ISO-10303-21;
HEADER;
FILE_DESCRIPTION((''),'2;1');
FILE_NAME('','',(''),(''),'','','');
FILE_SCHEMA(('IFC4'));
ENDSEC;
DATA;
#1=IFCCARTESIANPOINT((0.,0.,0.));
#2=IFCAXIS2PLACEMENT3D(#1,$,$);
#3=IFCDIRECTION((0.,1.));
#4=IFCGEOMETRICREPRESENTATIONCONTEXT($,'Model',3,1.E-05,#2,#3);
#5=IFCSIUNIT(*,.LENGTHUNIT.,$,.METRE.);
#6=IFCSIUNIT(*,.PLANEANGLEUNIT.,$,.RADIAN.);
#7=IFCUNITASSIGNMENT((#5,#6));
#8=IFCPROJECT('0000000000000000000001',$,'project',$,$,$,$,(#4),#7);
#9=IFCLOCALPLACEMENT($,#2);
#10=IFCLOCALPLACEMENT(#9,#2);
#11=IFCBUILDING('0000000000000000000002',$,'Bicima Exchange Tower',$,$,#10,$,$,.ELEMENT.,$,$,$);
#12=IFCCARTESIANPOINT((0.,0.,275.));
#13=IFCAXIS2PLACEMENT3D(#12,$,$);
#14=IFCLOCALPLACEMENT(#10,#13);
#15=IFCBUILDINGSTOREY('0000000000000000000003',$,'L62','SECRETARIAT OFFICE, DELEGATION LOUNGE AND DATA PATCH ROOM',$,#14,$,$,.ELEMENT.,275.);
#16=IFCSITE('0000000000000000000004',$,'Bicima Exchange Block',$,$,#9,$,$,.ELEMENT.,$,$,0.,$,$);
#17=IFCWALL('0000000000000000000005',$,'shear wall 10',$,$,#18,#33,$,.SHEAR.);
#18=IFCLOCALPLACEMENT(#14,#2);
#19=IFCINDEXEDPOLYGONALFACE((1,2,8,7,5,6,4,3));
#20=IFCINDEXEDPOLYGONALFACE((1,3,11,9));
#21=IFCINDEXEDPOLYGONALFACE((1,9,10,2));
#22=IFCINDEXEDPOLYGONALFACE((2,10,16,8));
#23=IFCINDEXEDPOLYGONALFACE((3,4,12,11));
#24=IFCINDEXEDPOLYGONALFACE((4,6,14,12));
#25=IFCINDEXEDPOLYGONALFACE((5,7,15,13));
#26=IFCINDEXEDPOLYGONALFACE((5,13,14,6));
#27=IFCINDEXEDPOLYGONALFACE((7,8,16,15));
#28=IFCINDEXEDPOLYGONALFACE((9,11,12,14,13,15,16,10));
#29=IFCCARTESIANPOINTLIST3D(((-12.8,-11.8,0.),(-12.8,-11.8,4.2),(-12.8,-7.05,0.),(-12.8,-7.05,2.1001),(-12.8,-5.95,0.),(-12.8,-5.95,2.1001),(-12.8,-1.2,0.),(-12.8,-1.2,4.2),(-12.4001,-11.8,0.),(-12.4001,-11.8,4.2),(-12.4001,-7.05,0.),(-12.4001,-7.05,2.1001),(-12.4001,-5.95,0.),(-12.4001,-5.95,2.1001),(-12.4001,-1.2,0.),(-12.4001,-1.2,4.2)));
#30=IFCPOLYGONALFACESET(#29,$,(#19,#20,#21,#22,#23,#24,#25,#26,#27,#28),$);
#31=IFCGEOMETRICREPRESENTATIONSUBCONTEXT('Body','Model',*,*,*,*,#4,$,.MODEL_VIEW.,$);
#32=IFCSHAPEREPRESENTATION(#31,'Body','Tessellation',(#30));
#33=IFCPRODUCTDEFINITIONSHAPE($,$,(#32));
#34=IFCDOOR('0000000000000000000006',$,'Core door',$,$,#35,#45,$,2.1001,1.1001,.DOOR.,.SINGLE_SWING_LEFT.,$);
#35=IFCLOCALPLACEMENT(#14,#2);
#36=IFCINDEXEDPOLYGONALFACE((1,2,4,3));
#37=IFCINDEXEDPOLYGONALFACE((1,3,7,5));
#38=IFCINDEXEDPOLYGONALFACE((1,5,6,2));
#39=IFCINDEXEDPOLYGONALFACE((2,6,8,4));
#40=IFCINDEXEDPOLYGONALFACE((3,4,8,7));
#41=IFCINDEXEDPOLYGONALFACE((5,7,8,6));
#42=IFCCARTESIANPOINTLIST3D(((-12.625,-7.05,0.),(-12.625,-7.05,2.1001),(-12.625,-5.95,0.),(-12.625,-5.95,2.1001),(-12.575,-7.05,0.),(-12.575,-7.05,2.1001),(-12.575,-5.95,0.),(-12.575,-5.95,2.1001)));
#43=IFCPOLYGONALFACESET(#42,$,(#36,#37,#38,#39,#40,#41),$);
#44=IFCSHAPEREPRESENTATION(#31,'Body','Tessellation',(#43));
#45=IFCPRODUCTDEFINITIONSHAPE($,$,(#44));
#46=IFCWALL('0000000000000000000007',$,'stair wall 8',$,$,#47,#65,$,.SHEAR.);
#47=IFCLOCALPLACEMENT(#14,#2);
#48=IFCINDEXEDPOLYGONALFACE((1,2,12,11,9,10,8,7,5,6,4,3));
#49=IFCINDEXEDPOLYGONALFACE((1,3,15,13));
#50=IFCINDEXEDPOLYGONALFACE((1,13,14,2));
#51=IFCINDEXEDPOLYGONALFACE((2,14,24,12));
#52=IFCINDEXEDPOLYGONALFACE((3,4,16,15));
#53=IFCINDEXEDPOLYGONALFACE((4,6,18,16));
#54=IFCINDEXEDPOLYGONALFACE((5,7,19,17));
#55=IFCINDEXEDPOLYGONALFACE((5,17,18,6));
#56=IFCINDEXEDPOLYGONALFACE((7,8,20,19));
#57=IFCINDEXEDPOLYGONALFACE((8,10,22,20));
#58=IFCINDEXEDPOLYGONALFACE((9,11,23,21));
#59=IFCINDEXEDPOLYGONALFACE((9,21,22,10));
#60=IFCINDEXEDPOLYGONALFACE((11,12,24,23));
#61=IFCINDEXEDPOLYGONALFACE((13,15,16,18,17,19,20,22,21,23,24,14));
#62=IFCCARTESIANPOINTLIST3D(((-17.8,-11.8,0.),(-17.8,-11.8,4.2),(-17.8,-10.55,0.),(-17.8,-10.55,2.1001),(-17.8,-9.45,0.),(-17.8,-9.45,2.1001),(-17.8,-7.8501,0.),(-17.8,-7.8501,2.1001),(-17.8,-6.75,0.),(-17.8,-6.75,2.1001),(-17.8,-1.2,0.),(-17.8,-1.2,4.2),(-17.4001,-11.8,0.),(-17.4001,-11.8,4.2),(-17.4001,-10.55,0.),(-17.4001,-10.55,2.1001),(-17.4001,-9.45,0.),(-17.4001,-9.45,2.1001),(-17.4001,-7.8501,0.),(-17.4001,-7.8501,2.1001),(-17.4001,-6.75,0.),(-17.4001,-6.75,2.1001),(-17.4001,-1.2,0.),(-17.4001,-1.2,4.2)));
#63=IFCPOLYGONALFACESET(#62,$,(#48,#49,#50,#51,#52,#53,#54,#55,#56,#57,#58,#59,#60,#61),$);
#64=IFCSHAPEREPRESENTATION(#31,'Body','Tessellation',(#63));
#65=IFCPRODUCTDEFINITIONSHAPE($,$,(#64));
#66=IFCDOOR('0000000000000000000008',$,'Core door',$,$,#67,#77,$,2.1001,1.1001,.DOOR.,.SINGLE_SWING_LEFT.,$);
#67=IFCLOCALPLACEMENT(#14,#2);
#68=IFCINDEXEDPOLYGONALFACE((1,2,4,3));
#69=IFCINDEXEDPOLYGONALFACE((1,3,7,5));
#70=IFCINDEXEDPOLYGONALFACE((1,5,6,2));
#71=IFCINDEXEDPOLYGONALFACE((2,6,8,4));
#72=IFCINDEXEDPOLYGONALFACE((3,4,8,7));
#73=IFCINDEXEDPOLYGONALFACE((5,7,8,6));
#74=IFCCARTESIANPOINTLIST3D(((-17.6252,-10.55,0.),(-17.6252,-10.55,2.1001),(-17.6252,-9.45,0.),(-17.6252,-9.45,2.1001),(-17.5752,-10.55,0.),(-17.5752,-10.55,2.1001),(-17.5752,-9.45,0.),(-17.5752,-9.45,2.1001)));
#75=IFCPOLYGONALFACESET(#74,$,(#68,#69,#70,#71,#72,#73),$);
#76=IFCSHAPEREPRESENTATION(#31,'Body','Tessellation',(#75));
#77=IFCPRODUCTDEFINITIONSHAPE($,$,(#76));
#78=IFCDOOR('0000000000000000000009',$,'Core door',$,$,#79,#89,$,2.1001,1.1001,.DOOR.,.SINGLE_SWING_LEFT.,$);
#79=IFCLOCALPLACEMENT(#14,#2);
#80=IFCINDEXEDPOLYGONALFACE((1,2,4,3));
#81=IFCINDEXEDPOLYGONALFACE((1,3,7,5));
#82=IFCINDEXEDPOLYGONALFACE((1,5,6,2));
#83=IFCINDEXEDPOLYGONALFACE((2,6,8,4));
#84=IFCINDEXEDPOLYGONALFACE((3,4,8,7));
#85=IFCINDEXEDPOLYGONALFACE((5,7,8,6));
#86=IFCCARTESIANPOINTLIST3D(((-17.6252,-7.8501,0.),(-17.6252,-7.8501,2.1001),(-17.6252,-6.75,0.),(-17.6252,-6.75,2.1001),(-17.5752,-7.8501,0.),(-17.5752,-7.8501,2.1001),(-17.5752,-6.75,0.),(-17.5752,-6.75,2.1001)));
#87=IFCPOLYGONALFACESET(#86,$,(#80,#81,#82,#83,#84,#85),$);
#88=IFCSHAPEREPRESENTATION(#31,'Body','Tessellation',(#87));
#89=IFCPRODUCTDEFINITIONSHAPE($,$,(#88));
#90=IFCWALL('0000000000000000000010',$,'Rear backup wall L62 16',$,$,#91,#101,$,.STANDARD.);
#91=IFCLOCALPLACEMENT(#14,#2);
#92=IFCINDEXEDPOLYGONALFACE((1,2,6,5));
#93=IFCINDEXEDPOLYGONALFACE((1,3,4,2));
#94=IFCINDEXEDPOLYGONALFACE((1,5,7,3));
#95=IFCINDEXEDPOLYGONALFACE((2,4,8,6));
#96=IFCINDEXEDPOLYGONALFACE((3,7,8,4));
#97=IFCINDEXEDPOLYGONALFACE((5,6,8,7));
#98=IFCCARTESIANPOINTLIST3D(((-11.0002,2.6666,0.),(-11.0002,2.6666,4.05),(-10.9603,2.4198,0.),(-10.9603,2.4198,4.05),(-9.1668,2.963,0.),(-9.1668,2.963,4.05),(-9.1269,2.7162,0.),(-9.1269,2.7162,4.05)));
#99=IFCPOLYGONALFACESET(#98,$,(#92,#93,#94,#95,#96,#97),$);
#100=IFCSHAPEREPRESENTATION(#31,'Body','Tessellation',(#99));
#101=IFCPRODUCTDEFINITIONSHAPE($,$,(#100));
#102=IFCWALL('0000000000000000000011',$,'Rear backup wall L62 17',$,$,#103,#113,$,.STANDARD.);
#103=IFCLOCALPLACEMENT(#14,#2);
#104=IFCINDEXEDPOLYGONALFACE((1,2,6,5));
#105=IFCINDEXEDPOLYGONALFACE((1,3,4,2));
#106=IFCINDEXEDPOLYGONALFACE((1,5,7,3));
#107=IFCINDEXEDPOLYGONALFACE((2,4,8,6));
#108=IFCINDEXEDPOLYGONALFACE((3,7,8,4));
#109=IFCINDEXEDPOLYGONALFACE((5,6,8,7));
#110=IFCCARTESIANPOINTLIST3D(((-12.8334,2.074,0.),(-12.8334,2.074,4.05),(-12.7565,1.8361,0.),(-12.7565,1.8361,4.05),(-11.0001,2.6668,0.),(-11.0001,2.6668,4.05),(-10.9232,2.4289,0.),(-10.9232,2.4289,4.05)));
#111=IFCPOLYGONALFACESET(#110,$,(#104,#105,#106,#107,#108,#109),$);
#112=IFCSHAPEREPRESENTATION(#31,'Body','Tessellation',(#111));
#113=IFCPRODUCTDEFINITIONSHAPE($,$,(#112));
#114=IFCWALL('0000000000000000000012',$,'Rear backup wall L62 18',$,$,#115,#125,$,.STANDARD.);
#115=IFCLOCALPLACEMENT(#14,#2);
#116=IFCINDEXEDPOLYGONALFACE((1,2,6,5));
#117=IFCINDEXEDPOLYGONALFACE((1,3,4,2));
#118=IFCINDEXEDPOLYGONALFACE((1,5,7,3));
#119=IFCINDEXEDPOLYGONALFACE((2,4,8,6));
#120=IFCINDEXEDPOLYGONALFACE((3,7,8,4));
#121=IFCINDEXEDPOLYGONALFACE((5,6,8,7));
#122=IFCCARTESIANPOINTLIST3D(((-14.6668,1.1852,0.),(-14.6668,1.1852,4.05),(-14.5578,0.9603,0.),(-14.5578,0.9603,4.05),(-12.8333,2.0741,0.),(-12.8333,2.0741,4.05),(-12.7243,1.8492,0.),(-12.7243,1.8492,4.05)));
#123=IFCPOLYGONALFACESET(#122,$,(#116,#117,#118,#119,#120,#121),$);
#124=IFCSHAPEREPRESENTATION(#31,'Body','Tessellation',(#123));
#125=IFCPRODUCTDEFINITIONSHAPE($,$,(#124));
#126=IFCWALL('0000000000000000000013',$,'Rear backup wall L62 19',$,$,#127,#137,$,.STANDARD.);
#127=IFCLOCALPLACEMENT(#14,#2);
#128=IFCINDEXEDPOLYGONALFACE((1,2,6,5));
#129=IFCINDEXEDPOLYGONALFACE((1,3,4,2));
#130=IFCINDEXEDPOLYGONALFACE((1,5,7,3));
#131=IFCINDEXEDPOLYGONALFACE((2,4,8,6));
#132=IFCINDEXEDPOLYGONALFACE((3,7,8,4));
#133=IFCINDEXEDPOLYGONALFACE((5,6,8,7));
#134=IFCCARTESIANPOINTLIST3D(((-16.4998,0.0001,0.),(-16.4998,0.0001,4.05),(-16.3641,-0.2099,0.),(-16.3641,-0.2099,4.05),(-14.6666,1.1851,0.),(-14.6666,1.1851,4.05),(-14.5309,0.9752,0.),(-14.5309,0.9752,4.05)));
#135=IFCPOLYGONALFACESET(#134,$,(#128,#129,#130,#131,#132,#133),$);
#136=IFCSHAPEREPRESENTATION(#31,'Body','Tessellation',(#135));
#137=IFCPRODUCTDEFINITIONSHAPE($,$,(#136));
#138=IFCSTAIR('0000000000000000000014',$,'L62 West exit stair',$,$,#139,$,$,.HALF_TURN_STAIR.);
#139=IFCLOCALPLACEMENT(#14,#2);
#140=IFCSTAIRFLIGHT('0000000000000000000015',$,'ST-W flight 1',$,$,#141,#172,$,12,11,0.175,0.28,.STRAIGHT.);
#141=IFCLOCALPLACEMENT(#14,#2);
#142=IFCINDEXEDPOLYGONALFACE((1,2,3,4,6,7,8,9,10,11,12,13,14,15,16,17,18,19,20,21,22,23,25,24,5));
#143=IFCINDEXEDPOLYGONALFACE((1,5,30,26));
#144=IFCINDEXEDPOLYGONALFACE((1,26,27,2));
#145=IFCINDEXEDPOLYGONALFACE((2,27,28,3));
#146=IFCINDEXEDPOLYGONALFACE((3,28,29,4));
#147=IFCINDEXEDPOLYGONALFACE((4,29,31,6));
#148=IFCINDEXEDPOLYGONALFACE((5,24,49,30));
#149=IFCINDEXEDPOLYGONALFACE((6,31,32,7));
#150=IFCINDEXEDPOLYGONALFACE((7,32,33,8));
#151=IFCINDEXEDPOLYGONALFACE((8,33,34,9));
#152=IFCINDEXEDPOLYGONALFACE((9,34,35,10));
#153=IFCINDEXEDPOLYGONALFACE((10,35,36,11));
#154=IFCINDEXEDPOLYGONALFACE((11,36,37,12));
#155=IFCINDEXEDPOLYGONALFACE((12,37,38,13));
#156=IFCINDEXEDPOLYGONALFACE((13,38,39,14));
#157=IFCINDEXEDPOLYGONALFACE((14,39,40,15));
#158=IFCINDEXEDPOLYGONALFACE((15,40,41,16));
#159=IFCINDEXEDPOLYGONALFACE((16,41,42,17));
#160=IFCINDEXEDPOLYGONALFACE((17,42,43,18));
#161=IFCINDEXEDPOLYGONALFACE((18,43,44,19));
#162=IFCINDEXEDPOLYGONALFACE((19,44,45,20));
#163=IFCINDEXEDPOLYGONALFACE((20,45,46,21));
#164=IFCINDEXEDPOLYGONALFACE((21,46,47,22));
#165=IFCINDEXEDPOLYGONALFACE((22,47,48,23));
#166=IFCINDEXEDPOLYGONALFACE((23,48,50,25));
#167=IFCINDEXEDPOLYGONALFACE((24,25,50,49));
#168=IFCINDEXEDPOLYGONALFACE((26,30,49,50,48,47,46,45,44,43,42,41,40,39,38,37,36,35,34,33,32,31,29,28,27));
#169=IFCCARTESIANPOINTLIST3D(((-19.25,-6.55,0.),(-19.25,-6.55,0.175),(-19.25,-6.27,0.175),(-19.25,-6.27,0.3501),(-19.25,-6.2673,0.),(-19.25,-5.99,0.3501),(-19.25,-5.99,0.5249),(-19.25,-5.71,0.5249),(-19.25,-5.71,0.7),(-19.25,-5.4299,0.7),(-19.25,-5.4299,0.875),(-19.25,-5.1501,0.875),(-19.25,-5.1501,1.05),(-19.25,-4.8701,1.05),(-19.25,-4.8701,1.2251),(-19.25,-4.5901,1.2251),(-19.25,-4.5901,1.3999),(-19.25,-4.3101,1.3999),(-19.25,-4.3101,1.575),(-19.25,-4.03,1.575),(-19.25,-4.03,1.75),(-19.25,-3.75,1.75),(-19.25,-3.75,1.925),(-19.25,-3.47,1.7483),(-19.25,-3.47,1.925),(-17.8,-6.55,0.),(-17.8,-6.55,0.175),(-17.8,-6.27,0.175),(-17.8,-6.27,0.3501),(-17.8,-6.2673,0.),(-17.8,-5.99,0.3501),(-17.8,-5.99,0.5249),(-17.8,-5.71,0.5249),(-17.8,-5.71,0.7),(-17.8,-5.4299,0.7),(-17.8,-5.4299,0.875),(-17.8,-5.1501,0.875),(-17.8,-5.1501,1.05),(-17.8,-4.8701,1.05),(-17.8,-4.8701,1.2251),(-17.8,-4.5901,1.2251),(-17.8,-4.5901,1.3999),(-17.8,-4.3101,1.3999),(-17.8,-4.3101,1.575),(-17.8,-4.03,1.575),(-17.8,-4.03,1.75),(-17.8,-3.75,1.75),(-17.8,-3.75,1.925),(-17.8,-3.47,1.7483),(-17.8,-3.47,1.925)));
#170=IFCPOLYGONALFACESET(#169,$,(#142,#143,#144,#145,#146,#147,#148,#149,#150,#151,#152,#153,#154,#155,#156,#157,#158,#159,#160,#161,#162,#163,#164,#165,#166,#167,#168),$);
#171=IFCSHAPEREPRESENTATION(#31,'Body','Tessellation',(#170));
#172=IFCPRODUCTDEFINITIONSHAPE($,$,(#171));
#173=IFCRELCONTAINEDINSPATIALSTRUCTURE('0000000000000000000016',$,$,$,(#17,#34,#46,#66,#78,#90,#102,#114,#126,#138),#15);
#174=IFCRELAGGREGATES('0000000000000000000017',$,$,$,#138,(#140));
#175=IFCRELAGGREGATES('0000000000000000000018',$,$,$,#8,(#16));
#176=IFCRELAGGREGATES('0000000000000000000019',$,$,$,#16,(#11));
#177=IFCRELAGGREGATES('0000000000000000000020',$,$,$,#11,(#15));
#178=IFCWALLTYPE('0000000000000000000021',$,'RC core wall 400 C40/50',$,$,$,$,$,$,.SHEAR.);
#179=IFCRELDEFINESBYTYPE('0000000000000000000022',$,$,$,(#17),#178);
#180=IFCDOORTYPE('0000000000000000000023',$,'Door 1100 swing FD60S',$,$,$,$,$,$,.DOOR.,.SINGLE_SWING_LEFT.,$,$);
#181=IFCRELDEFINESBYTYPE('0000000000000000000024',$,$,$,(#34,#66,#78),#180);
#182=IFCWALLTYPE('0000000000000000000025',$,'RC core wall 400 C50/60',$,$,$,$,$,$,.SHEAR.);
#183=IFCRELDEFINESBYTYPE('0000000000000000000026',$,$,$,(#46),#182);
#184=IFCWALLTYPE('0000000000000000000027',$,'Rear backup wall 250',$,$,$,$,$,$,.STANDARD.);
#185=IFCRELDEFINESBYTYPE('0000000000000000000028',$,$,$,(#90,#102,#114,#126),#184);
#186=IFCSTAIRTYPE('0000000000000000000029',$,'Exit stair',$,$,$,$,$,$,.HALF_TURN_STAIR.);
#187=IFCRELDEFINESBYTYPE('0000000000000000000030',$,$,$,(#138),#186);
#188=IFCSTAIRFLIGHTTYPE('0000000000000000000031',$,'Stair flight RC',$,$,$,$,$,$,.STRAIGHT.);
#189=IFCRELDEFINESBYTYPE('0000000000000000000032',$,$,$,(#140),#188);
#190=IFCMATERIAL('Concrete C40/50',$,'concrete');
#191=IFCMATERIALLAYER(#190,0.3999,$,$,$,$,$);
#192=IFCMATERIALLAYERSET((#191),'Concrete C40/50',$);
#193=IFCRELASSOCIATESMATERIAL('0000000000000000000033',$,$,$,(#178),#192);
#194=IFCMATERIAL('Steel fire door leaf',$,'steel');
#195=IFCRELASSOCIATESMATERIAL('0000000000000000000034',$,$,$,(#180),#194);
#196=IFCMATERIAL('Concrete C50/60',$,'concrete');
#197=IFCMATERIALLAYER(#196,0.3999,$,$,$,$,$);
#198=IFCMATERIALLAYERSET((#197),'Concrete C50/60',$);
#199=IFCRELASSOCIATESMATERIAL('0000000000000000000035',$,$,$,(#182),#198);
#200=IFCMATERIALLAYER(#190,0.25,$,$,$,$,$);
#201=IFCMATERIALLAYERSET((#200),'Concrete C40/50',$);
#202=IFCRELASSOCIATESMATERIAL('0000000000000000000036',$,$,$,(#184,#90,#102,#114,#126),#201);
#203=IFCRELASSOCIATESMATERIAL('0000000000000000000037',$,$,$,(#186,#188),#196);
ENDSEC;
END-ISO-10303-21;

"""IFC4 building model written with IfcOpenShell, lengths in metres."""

from ifc_helpers import new_model, si_unit, direction, frame, frame_2d, origin, place, context, subcontext, project, spatial, polyline, rectangle, outline, extrude, material, layer, layer_set, layer_usage, type_object, element, fill, aggregate, save


model = new_model("IFC4")

# Units and contexts
model_context = context("Model", 3, precision=1e-05, world=origin(), true_north=direction((0.0, 1.0)))
body_context = subcontext(model_context, "Body", "Model", "MODEL_VIEW")
ifc_project = project(units=[si_unit("LENGTHUNIT", "METRE"), si_unit("PLANEANGLEUNIT", "RADIAN")], contexts=[model_context])

# Site, building, storey
site_placement = place(None, origin())
site = spatial("IfcSite", under=ifc_project, at=site_placement, Name="Bicima Exchange Block", CompositionType="ELEMENT", RefElevation=0.0)
building_placement = place(site_placement, origin())
building = spatial("IfcBuilding", under=site, at=building_placement, Name="Bicima Exchange Tower", CompositionType="ELEMENT")
storey_placement = place(building_placement, frame((0.0, 0.0, 275.0)))
storey = spatial("IfcBuildingStorey", under=building, at=storey_placement, Name="L62", Description="SECRETARIAT OFFICE, DELEGATION LOUNGE AND DATA PATCH ROOM", CompositionType="ELEMENT", Elevation=275.0)

# Shared definitions
ifc_material_1 = material(Name="Concrete C40/50", Category="concrete")
ifc_layer_1 = layer(ifc_material_1, 0.3999)
ifc_layer_set_1 = layer_set([ifc_layer_1], Name="Concrete C40/50")
wall_type_1 = type_object("IfcWallType", Name="RC core wall 400 C40/50", PredefinedType="SHEAR", material=ifc_layer_set_1)

# Shared definitions
ifc_material_2 = material(Name="Steel fire door leaf", Category="steel")

# Wall, opening, door
wall_1_placement = place(storey_placement, frame((-12.6001, -11.8, 0.0), z_axis=(0.0, 0.0, 1.0), x_axis=(0.0, 1.0, 0.0)))
wall_1 = element("IfcWall", 1, at=wall_1_placement, inside=storey, type_object=wall_type_1, Name="shear wall 10", PredefinedType="SHEAR", context=body_context, shape_type="SweptSolid", body=[
    extrude(rectangle(XDim=10.6001, YDim=0.3999, at=frame_2d((5.3, 0.0))), origin(), (0.0, 0.0, 1.0), 4.2),
])
opening_1_placement = place(wall_1_placement, frame((4.75, 0.0, 0.0)))
opening_1 = element("IfcOpeningElement", 2, at=opening_1_placement, cuts=wall_1, PredefinedType="OPENING", context=body_context, shape_type="SweptSolid", body=[
    extrude(rectangle(XDim=1.1001, YDim=2.1001, at=frame_2d((0.55, 1.05))), frame((0.0, 0.2119, 0.0), z_axis=(0.0, -1.0, 0.0), x_axis=(1.0, 0.0, 0.0)), (0.0, 0.0, 1.0), 0.4238),
])
door_type_1 = type_object("IfcDoorType", Name="Door 1100 swing FD60S", OperationType="SINGLE_SWING_LEFT", PredefinedType="DOOR", material=ifc_material_2)
door_1_placement = place(opening_1_placement, origin())
door_1 = element("IfcDoor", 3, at=door_1_placement, inside=storey, type_object=door_type_1, Name="Core door", OperationType="SINGLE_SWING_LEFT", OverallHeight=2.1001, OverallWidth=1.1001, PredefinedType="DOOR", context=body_context, shape_type="SweptSolid", body=[
    extrude(rectangle(XDim=1.1001, YDim=2.1001, at=frame_2d((0.55, 1.05))), frame((0.0, 0.0249, 0.0), z_axis=(0.0, -1.0, 0.0), x_axis=(1.0, 0.0, 0.0)), (0.0, 0.0, 1.0), 0.05),
])
fill(opening_1, door_1)

# Wall, openings, doors
ifc_material_3 = material(Name="Concrete C50/60", Category="concrete")
ifc_layer_2 = layer(ifc_material_3, 0.3999)
ifc_layer_set_2 = layer_set([ifc_layer_2], Name="Concrete C50/60")
wall_type_2 = type_object("IfcWallType", Name="RC core wall 400 C50/60", PredefinedType="SHEAR", material=ifc_layer_set_2)
wall_2_placement = place(storey_placement, frame((-17.6001, -11.8, 0.0), z_axis=(0.0, 0.0, 1.0), x_axis=(0.0, 1.0, 0.0)))
wall_2 = element("IfcWall", 4, at=wall_2_placement, inside=storey, type_object=wall_type_2, Name="stair wall 8", PredefinedType="SHEAR", context=body_context, shape_type="SweptSolid", body=[
    extrude(rectangle(XDim=10.6001, YDim=0.3999, at=frame_2d((5.3, 0.0))), origin(), (0.0, 0.0, 1.0), 4.2),
])
opening_2_placement = place(wall_2_placement, frame((1.25, 0.0, 0.0)))
opening_2 = element("IfcOpeningElement", 5, at=opening_2_placement, cuts=wall_2, PredefinedType="OPENING", context=body_context, shape_type="SweptSolid", body=[
    extrude(rectangle(XDim=1.1001, YDim=2.1001, at=frame_2d((0.55, 1.05))), frame((0.0, 0.2119, 0.0), z_axis=(0.0, -1.0, 0.0), x_axis=(1.0, 0.0, 0.0)), (0.0, 0.0, 1.0), 0.4238),
])
opening_3_placement = place(wall_2_placement, frame((3.95, 0.0, 0.0)))
opening_3 = element("IfcOpeningElement", 6, at=opening_3_placement, cuts=wall_2, PredefinedType="OPENING", context=body_context, shape_type="SweptSolid", body=[
    extrude(rectangle(XDim=1.1001, YDim=2.1001, at=frame_2d((0.55, 1.05))), frame((0.0, 0.2119, 0.0), z_axis=(0.0, -1.0, 0.0), x_axis=(1.0, 0.0, 0.0)), (0.0, 0.0, 1.0), 0.4238),
])
door_2_placement = place(opening_2_placement, frame((1.1001, 0.0, 0.0), z_axis=(0.0, 0.0, 1.0), x_axis=(-1.0, 0.0, 0.0)))
door_2 = element("IfcDoor", 7, at=door_2_placement, inside=storey, type_object=door_type_1, Name="Core door", OperationType="SINGLE_SWING_LEFT", OverallHeight=2.1001, OverallWidth=1.1001, PredefinedType="DOOR", context=body_context, shape_type="SweptSolid", body=[
    extrude(rectangle(XDim=1.1001, YDim=2.1001, at=frame_2d((0.55, 1.05))), frame((0.0, 0.0249, 0.0), z_axis=(0.0, -1.0, 0.0), x_axis=(1.0, 0.0, 0.0)), (0.0, 0.0, 1.0), 0.05),
])
fill(opening_2, door_2)
door_3_placement = place(opening_3_placement, frame((1.1001, 0.0, 0.0), z_axis=(0.0, 0.0, 1.0), x_axis=(-1.0, 0.0, 0.0)))
door_3 = element("IfcDoor", 8, at=door_3_placement, inside=storey, type_object=door_type_1, Name="Core door", OperationType="SINGLE_SWING_LEFT", OverallHeight=2.1001, OverallWidth=1.1001, PredefinedType="DOOR", context=body_context, shape_type="SweptSolid", body=[
    extrude(rectangle(XDim=1.1001, YDim=2.1001, at=frame_2d((0.55, 1.05))), frame((0.0, 0.0249, 0.0), z_axis=(0.0, -1.0, 0.0), x_axis=(1.0, 0.0, 0.0)), (0.0, 0.0, 1.0), 0.05),
])
fill(opening_3, door_3)

# Walls
ifc_layer_3 = layer(ifc_material_1, 0.25)
ifc_layer_set_3 = layer_set([ifc_layer_3], Name="Concrete C40/50")
ifc_layer_usage = layer_usage(ifc_layer_set_3, "AXIS2", "POSITIVE", -0.125)
wall_type_3 = type_object("IfcWallType", Name="Rear backup wall 250", PredefinedType="STANDARD", material=ifc_layer_set_3)
wall_3_placement = place(storey_placement, frame((-9.1467, 2.8396, 0.0), z_axis=(0.0, 0.0, 1.0), x_axis=(-0.987182, -0.1596, 0.0)))
element("IfcWall", 9, at=wall_3_placement, inside=storey, type_object=wall_type_3, material=ifc_layer_usage, Name="Rear backup wall L62 16", PredefinedType="STANDARD", context=body_context, shape_type="SweptSolid", body=[
    extrude(rectangle(XDim=1.8572, YDim=0.25, at=frame_2d((0.9287, 0.0))), origin(), (0.0, 0.0, 1.0), 4.05),
])
wall_4_placement = place(storey_placement, frame((-10.9617, 2.5479, 0.0), z_axis=(0.0, 0.0, 1.0), x_axis=(-0.951496, -0.307662, 0.0)))
element("IfcWall", 10, at=wall_4_placement, inside=storey, type_object=wall_type_3, material=ifc_layer_usage, Name="Rear backup wall L62 17", PredefinedType="STANDARD", context=body_context, shape_type="SweptSolid", body=[
    extrude(rectangle(XDim=1.9268, YDim=0.25, at=frame_2d((0.9634, 0.0))), origin(), (0.0, 0.0, 1.0), 4.05),
])
wall_5_placement = place(storey_placement, frame((-12.7788, 1.9617, 0.0), z_axis=(0.0, 0.0, 1.0), x_axis=(-0.899824, -0.436253, 0.0)))
element("IfcWall", 11, at=wall_5_placement, inside=storey, type_object=wall_type_3, material=ifc_layer_usage, Name="Rear backup wall L62 18", PredefinedType="STANDARD", context=body_context, shape_type="SweptSolid", body=[
    extrude(rectangle(XDim=2.0376, YDim=0.25, at=frame_2d((1.0188, 0.0))), origin(), (0.0, 0.0, 1.0), 4.05),
])
wall_6_placement = place(storey_placement, frame((-14.5989, 1.0801, 0.0), z_axis=(0.0, 0.0, 1.0), x_axis=(-0.839813, -0.542876, 0.0)))
element("IfcWall", 12, at=wall_6_placement, inside=storey, type_object=wall_type_3, material=ifc_layer_usage, Name="Rear backup wall L62 19", PredefinedType="STANDARD", context=body_context, shape_type="SweptSolid", body=[
    extrude(rectangle(XDim=2.1829, YDim=0.25, at=frame_2d((1.0913, 0.0))), origin(), (0.0, 0.0, 1.0), 4.05),
])

# Stair, stair flight
stair_type = type_object("IfcStairType", Name="Exit stair", PredefinedType="HALF_TURN_STAIR", material=ifc_material_3)
stair_placement = place(storey_placement, origin())
stair = element("IfcStair", 13, at=stair_placement, inside=storey, type_object=stair_type, Name="L62 West exit stair", PredefinedType="HALF_TURN_STAIR")
stair_flight_type = type_object("IfcStairFlightType", Name="Stair flight RC", PredefinedType="STRAIGHT", material=ifc_material_3)
stair_flight_1_placement = place(storey_placement, frame((-18.5249, -6.55, 0.0), z_axis=(0.0, 0.0, 1.0), x_axis=(0.0, 1.0, 0.0)))
stair_flight_1 = element("IfcStairFlight", 14, at=stair_flight_1_placement, type_object=stair_flight_type, Name="ST-W flight 1", NumberOfRisers=12, NumberOfTreads=11, PredefinedType="STRAIGHT", RiserHeight=0.175, TreadLength=0.28, context=body_context, shape_type="SweptSolid", body=[
    extrude(outline(polyline([(0.0, 0.0), (0.0, 0.175), (0.28, 0.175), (0.28, 0.3501), (0.5601, 0.3501), (0.5601, 0.5249), (0.8401, 0.5249), (0.8401, 0.7), (1.1201, 0.7), (1.1201, 0.875), (1.3999, 0.875), (1.3999, 1.05), (1.6799, 1.05), (1.6799, 1.2251), (1.96, 1.2251), (1.96, 1.3999), (2.24, 1.3999), (2.24, 1.575), (2.52, 1.575), (2.52, 1.75), (2.8, 1.75), (2.8, 1.925), (3.0801, 1.925), (3.0801, 2.1001), (3.0801, 1.7483), (0.2827, 0.0), (0.0, 0.0)])), frame((0.0, 0.7251, 0.0), z_axis=(0.0, -1.0, 0.0), x_axis=(1.0, 0.0, 0.0)), (0.0, 0.0, 1.0), 1.45),
])
aggregate(stair, [stair_flight_1])

save(model, "model.ifc")
